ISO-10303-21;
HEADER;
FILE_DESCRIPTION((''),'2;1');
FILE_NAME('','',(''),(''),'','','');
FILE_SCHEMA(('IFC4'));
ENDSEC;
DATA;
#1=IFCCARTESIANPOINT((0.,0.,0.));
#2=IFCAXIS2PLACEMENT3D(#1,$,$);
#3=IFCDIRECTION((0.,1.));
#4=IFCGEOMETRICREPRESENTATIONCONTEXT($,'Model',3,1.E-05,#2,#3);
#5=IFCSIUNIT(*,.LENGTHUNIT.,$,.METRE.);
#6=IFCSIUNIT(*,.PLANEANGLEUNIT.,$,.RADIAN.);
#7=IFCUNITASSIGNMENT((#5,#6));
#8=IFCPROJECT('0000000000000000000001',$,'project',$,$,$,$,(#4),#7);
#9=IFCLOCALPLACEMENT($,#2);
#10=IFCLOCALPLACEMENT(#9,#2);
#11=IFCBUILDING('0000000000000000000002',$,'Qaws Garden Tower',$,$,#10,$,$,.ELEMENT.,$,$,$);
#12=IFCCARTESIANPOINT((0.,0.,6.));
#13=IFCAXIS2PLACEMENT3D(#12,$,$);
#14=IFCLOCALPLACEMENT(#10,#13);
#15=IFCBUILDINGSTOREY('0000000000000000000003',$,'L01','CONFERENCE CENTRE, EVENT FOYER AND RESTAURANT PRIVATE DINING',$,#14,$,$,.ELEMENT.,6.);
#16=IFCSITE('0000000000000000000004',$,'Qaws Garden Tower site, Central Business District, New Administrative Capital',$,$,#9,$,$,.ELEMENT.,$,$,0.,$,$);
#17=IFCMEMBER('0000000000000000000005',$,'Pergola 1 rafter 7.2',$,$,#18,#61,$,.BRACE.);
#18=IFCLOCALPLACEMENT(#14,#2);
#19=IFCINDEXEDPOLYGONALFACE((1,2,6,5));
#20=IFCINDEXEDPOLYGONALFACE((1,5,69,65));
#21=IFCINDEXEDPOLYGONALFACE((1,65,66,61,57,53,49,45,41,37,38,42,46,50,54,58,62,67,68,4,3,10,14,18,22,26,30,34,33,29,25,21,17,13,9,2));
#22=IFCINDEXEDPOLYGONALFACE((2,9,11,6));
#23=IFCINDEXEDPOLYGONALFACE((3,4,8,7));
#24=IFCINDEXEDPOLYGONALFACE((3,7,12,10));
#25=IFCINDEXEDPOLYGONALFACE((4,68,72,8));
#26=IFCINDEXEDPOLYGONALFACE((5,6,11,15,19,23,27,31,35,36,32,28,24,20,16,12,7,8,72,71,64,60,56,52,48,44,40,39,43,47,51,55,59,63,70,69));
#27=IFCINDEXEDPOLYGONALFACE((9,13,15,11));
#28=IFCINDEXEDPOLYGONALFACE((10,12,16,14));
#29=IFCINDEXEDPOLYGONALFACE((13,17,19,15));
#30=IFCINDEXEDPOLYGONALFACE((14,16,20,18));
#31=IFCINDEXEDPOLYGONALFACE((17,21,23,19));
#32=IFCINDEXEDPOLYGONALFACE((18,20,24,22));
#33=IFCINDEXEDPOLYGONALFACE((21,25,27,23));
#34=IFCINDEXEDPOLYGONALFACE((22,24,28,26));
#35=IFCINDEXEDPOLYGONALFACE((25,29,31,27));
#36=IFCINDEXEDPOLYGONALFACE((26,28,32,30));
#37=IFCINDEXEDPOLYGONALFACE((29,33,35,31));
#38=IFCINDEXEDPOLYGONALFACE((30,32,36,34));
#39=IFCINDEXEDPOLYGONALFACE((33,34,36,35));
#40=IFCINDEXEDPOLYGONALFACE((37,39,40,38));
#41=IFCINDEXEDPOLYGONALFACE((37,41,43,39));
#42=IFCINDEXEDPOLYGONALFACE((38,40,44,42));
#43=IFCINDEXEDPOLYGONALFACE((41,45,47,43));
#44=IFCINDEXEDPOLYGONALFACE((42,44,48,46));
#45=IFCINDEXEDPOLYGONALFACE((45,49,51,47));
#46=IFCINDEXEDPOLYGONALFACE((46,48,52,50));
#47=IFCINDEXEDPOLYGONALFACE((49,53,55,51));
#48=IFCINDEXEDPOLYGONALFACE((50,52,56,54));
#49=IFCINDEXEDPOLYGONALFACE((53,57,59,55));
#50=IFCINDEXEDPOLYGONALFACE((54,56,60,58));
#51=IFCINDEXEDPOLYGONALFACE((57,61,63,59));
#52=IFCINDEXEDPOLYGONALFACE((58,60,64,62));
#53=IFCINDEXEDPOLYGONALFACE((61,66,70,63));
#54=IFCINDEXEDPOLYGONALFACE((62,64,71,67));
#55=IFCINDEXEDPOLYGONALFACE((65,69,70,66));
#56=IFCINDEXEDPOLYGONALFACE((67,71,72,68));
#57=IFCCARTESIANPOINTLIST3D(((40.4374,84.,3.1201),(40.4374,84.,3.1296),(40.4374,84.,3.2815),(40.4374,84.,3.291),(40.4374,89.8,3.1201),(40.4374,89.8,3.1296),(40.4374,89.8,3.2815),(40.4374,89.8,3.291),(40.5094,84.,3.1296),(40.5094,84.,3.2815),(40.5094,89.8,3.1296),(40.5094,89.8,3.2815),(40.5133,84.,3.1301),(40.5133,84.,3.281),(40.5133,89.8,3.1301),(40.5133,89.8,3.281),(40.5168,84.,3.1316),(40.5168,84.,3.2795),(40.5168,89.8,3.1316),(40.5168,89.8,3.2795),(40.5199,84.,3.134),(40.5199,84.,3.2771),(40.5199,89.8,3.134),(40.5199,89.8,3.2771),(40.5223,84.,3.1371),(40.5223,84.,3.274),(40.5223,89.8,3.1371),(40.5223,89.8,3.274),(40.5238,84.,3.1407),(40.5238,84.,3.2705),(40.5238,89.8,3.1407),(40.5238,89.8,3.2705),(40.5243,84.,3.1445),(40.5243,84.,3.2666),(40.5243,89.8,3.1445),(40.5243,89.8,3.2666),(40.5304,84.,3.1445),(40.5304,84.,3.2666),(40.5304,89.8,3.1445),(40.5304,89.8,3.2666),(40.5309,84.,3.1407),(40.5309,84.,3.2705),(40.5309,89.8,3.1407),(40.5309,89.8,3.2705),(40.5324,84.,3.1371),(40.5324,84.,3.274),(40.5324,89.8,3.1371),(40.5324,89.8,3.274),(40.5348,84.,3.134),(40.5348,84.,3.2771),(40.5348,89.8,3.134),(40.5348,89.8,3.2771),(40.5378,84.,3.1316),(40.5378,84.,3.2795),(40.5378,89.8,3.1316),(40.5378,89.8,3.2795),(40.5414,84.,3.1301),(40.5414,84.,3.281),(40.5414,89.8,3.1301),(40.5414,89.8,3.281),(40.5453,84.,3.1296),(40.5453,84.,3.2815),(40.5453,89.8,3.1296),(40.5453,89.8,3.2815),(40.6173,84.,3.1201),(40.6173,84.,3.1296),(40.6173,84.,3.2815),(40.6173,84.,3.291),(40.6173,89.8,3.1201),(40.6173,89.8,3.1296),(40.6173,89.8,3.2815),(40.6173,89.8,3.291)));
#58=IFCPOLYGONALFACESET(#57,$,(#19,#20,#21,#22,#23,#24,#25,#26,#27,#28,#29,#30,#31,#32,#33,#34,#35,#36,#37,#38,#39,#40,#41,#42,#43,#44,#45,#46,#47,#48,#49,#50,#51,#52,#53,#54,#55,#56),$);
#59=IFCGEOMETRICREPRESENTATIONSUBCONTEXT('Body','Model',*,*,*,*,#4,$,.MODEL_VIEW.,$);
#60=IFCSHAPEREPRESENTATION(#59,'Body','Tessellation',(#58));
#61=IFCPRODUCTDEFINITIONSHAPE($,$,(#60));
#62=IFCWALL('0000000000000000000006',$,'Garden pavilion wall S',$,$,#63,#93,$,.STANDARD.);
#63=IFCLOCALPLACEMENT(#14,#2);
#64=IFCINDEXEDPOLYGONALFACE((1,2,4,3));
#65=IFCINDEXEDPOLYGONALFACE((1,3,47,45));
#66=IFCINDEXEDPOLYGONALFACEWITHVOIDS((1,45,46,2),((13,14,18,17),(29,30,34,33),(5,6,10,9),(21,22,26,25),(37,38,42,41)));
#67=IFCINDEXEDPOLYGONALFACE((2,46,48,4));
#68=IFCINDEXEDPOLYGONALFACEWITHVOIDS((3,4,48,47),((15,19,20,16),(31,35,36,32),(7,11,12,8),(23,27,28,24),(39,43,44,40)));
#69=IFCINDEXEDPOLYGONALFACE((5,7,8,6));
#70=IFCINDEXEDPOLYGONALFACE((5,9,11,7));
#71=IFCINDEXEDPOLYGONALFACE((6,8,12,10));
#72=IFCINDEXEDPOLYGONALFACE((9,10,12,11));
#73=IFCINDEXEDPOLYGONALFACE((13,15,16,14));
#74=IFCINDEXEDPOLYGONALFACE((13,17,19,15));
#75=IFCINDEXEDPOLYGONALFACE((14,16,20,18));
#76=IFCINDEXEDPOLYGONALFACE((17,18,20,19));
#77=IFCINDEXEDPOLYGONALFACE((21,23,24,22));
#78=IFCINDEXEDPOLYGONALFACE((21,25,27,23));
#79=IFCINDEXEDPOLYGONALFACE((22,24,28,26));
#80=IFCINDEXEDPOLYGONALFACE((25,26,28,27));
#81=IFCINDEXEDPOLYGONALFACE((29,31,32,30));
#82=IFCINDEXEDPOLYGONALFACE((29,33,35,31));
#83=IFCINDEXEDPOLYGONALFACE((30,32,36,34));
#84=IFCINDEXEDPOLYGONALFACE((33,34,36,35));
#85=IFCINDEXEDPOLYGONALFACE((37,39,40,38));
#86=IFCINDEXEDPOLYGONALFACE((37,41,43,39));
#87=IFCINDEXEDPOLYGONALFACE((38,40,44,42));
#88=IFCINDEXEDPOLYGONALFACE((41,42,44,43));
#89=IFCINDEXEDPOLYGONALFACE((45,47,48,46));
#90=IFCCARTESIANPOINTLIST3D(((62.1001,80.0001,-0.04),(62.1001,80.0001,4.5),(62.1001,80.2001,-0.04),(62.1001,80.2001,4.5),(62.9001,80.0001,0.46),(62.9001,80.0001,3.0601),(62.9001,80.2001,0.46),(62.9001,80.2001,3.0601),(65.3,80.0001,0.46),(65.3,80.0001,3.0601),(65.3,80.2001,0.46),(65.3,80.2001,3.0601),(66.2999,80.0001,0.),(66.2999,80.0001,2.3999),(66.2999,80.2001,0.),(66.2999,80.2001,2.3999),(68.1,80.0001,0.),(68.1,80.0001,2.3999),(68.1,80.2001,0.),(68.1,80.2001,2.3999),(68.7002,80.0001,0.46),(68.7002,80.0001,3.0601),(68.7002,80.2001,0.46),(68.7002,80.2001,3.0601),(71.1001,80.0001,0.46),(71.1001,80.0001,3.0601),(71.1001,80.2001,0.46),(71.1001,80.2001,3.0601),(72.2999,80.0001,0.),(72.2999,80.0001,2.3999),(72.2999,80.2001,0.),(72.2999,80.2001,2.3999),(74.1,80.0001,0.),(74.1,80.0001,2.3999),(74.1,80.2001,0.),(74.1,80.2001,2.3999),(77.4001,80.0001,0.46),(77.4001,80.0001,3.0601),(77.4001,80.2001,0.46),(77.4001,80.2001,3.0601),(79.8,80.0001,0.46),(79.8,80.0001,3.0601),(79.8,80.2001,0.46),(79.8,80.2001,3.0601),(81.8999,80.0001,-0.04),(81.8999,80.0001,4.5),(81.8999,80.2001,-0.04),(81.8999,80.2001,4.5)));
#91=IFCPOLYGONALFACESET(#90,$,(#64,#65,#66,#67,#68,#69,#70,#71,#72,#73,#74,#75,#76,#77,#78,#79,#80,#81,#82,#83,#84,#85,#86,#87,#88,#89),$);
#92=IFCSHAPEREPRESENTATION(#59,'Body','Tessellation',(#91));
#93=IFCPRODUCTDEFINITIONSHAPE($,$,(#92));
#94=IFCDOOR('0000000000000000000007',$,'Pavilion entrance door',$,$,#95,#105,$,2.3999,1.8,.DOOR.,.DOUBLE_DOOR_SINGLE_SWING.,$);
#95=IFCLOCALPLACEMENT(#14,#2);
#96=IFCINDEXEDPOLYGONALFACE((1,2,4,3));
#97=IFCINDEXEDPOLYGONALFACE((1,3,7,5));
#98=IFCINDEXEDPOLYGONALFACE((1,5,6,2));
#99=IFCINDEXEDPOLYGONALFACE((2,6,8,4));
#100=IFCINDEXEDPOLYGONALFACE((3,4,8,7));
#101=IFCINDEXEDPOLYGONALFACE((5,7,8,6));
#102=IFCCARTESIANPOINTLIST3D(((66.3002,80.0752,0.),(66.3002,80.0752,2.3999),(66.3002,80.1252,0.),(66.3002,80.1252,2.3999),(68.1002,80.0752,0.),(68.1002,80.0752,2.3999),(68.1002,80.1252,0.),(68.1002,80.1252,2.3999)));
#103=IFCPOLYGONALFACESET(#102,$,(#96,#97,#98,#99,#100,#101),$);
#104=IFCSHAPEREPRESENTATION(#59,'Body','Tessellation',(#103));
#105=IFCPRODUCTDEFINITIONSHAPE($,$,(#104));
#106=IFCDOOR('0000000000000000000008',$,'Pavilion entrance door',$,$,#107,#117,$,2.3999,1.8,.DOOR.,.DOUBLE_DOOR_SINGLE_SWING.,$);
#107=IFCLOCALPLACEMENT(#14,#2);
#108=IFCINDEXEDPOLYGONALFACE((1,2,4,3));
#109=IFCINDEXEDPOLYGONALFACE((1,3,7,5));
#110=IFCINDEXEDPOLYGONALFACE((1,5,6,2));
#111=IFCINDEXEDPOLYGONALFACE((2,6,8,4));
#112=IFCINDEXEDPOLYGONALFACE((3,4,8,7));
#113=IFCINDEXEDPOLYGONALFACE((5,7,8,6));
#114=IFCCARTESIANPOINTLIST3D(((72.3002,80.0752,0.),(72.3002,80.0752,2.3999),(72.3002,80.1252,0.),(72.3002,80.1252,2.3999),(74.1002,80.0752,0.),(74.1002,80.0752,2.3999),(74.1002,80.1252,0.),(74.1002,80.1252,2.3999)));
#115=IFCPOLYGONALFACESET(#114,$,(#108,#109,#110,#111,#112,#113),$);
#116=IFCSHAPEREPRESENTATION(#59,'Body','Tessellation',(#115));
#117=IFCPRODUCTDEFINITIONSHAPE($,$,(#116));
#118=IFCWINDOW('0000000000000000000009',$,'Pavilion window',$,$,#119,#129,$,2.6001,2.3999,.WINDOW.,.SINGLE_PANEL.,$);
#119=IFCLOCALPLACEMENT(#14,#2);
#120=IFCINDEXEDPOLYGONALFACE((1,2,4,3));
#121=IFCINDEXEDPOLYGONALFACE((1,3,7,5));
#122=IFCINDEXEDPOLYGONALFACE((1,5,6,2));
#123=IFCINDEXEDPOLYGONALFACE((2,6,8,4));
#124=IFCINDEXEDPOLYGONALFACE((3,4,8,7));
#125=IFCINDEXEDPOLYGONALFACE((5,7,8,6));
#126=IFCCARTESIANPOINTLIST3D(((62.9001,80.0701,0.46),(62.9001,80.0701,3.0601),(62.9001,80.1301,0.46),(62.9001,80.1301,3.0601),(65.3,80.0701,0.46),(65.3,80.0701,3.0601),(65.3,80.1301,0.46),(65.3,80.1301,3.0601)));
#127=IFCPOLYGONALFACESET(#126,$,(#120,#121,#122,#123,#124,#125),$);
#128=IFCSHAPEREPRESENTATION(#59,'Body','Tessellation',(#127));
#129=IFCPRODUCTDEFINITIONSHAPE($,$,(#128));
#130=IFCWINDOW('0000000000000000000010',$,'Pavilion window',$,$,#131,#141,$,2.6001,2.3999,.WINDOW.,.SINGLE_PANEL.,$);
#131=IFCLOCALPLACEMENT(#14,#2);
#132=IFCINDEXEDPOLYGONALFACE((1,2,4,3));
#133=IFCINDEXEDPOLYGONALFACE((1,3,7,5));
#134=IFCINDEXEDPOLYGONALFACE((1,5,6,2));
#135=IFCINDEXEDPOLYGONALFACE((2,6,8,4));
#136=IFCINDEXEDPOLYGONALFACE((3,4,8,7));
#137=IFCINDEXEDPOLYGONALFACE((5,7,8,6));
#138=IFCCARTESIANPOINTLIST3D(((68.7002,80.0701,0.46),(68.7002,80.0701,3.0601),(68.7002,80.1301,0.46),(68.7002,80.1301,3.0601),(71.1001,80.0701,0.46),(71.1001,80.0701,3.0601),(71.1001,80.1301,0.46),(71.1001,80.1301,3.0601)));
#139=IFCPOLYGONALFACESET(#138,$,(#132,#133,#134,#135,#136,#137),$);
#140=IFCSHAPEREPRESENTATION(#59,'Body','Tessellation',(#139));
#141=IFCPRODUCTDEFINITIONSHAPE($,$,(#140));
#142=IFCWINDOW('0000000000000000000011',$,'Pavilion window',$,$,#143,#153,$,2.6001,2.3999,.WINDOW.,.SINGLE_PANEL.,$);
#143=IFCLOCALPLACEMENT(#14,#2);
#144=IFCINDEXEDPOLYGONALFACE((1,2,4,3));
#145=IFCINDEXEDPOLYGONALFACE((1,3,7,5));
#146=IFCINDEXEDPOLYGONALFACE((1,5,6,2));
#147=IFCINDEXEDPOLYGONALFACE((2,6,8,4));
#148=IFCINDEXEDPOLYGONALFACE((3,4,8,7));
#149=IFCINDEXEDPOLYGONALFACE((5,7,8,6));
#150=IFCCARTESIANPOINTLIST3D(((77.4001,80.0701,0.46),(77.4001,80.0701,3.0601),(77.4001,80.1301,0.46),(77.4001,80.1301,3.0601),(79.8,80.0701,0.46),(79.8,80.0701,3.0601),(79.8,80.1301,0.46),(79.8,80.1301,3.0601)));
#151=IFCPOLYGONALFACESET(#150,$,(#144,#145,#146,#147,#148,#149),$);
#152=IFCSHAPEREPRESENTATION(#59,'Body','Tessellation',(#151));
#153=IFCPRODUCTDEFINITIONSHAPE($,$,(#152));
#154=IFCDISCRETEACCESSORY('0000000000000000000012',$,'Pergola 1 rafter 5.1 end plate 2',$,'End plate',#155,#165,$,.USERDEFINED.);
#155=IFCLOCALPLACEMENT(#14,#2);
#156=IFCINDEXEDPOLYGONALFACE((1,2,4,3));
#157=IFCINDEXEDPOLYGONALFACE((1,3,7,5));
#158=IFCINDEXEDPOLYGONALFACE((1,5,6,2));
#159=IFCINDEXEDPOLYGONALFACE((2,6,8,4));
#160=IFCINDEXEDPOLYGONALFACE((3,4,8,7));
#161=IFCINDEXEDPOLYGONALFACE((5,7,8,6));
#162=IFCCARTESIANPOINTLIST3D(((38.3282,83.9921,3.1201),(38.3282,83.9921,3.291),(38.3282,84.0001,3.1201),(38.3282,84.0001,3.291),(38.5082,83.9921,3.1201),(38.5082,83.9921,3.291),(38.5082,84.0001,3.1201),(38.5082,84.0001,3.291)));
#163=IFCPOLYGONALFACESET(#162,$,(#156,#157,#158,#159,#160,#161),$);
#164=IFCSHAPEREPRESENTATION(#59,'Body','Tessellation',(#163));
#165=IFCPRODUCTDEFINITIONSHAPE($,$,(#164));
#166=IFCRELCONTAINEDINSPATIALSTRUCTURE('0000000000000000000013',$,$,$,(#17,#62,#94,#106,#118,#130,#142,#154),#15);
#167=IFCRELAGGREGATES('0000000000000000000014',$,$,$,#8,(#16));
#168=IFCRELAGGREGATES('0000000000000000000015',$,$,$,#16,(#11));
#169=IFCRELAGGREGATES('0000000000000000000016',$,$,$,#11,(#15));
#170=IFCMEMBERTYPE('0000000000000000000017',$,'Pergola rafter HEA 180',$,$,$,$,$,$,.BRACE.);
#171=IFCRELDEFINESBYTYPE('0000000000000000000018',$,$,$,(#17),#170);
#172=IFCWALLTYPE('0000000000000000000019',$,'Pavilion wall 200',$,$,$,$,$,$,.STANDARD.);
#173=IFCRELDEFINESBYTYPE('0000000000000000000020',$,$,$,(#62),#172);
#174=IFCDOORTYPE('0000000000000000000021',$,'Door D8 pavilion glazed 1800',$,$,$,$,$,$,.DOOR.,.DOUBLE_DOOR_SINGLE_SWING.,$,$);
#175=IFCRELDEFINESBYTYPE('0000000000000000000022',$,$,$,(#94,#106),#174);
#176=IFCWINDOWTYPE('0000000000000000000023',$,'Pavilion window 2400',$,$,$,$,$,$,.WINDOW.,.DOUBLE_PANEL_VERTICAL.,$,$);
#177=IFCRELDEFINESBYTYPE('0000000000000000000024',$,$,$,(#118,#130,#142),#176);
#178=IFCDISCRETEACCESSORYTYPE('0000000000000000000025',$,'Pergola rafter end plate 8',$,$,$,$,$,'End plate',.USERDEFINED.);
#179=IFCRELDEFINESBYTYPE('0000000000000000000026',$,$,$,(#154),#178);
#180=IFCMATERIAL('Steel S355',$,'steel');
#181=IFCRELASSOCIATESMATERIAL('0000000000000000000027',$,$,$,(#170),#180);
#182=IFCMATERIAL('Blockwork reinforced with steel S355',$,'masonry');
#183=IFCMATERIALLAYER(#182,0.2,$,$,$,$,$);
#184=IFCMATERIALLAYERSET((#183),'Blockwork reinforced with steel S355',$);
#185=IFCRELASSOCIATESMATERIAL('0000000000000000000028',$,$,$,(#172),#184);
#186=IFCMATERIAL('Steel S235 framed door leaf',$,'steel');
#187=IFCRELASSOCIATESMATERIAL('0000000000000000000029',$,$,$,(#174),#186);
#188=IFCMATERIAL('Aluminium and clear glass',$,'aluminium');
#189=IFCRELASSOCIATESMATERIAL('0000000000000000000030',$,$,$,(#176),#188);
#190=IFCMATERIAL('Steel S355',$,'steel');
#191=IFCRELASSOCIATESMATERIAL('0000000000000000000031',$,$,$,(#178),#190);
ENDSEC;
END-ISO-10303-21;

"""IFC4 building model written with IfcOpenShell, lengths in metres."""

from ifc_helpers import new_model, si_unit, direction, frame, frame_2d, origin, origin_2d, place, context, subcontext, project, spatial, rectangle, i_section, extrude, material, layer, layer_set, material_profile, profile_set, type_object, element, fill, save


model = new_model("IFC4")

# Units and contexts
model_context = context("Model", 3, precision=1e-05, world=origin(), true_north=direction((0.0, 1.0)))
body_context = subcontext(model_context, "Body", "Model", "MODEL_VIEW")
ifc_project = project(units=[si_unit("LENGTHUNIT", "METRE"), si_unit("PLANEANGLEUNIT", "RADIAN")], contexts=[model_context])

# Site, building, storey
site_placement = place(None, origin())
site = spatial("IfcSite", under=ifc_project, at=site_placement, Name="Qaws Garden Tower site, Central Business District, New Administrative Capital", CompositionType="ELEMENT", RefElevation=0.0)
building_placement = place(site_placement, origin())
building = spatial("IfcBuilding", under=site, at=building_placement, Name="Qaws Garden Tower", CompositionType="ELEMENT")
storey_placement = place(building_placement, frame((0.0, 0.0, 6.0)))
storey = spatial("IfcBuildingStorey", under=building, at=storey_placement, Name="L01", Description="CONFERENCE CENTRE, EVENT FOYER AND RESTAURANT PRIVATE DINING", CompositionType="ELEMENT", Elevation=6.0)

# Member
ifc_material_1 = material(Name="Steel S355", Category="steel")
ifc_material_profile_1 = material_profile(ifc_material_1, i_section(OverallWidth=0.1799, OverallDepth=0.1709, WebThickness=0.0061, FlangeThickness=0.0095, FilletRadius=0.0149, at=origin_2d()), Name="HEA 180")
ifc_profile_set_1 = profile_set([ifc_material_profile_1], Name="Steel S355")
member_type = type_object("IfcMemberType", Name="Pergola rafter HEA 180", PredefinedType="BRACE", material=ifc_profile_set_1)
for number, where, z_axis, x_axis, name in (
    (1, (40.5273, 84.0, 3.2056), (0.0, 1.0, 0.0), (-1.0, 0.0, 0.0), "Pergola 1 rafter 7.2"),
):
    element("IfcMember", number, at=place(storey_placement, frame(where, z_axis=z_axis, x_axis=x_axis)), inside=storey, type_object=member_type, Name=name, PredefinedType="BRACE", context=body_context, shape_type="SweptSolid", body=[
        extrude(i_section(OverallWidth=0.1799, OverallDepth=0.1709, WebThickness=0.0061, FlangeThickness=0.0095, FilletRadius=0.0149, at=origin_2d()), origin(), (0.0, 0.0, 1.0), 5.8),
    ])

# Wall, openings, doors, windows
ifc_material_2 = material(Name="Blockwork reinforced with steel S355", Category="masonry")
ifc_layer = layer(ifc_material_2, 0.2)
ifc_layer_set = layer_set([ifc_layer], Name="Blockwork reinforced with steel S355")
wall_type = type_object("IfcWallType", Name="Pavilion wall 200", PredefinedType="STANDARD", material=ifc_layer_set)
wall_placement = place(storey_placement, frame((62.1001, 80.1001, -0.04), z_axis=(0.0, 0.0, 1.0), x_axis=(1.0, 0.0, 0.0)))
wall = element("IfcWall", 2, at=wall_placement, inside=storey, type_object=wall_type, Name="Garden pavilion wall S", PredefinedType="STANDARD", context=body_context, shape_type="SweptSolid", body=[
    extrude(rectangle(XDim=19.7998, YDim=0.2, at=frame_2d((9.8999, 0.0))), origin(), (0.0, 0.0, 1.0), 4.54),
])
opening_1_placement = place(wall_placement, frame((0.8, 0.0, 0.5)))
opening_1 = element("IfcOpeningElement", 3, at=opening_1_placement, cuts=wall, PredefinedType="OPENING", context=body_context, shape_type="SweptSolid", body=[
    extrude(rectangle(XDim=2.3999, YDim=2.6001, at=frame_2d((1.2, 1.3))), frame((0.0, 0.1099, 0.0), z_axis=(0.0, -1.0, 0.0), x_axis=(1.0, 0.0, 0.0)), (0.0, 0.0, 1.0), 0.22),
])
opening_2_placement = place(wall_placement, frame((4.2, 0.0, 0.04)))
opening_2 = element("IfcOpeningElement", 4, at=opening_2_placement, cuts=wall, PredefinedType="OPENING", context=body_context, shape_type="SweptSolid", body=[
    extrude(rectangle(XDim=1.8, YDim=2.3999, at=frame_2d((0.8999, 1.2))), frame((0.0, 0.1099, 0.0), z_axis=(0.0, -1.0, 0.0), x_axis=(1.0, 0.0, 0.0)), (0.0, 0.0, 1.0), 0.22),
])
opening_3_placement = place(wall_placement, frame((6.6001, 0.0, 0.5)))
opening_3 = element("IfcOpeningElement", 5, at=opening_3_placement, cuts=wall, PredefinedType="OPENING", context=body_context, shape_type="SweptSolid", body=[
    extrude(rectangle(XDim=2.3999, YDim=2.6001, at=frame_2d((1.2, 1.3))), frame((0.0, 0.1099, 0.0), z_axis=(0.0, -1.0, 0.0), x_axis=(1.0, 0.0, 0.0)), (0.0, 0.0, 1.0), 0.22),
])
opening_4_placement = place(wall_placement, frame((10.2, 0.0, 0.04)))
opening_4 = element("IfcOpeningElement", 6, at=opening_4_placement, cuts=wall, PredefinedType="OPENING", context=body_context, shape_type="SweptSolid", body=[
    extrude(rectangle(XDim=1.8, YDim=2.3999, at=frame_2d((0.8999, 1.2))), frame((0.0, 0.1099, 0.0), z_axis=(0.0, -1.0, 0.0), x_axis=(1.0, 0.0, 0.0)), (0.0, 0.0, 1.0), 0.22),
])
opening_5_placement = place(wall_placement, frame((15.3, 0.0, 0.5)))
opening_5 = element("IfcOpeningElement", 7, at=opening_5_placement, cuts=wall, PredefinedType="OPENING", context=body_context, shape_type="SweptSolid", body=[
    extrude(rectangle(XDim=2.3999, YDim=2.6001, at=frame_2d((1.2, 1.3))), frame((0.0, 0.1099, 0.0), z_axis=(0.0, -1.0, 0.0), x_axis=(1.0, 0.0, 0.0)), (0.0, 0.0, 1.0), 0.22),
])
ifc_material_3 = material(Name="Steel S235 framed door leaf", Category="steel")
door_type = type_object("IfcDoorType", Name="Door D8 pavilion glazed 1800", OperationType="DOUBLE_DOOR_SINGLE_SWING", PredefinedType="DOOR", material=ifc_material_3)
door_1_placement = place(opening_2_placement, frame((1.8, 0.0, 0.0), z_axis=(0.0, 0.0, 1.0), x_axis=(-1.0, 0.0, 0.0)))
door_1 = element("IfcDoor", 8, at=door_1_placement, inside=storey, type_object=door_type, Name="Pavilion entrance door", OperationType="DOUBLE_DOOR_SINGLE_SWING", OverallHeight=2.3999, OverallWidth=1.8, PredefinedType="DOOR", context=body_context, shape_type="SweptSolid", body=[
    extrude(rectangle(XDim=1.8, YDim=2.3999, at=frame_2d((0.8999, 1.2))), frame((0.0, 0.0249, 0.0), z_axis=(0.0, -1.0, 0.0), x_axis=(1.0, 0.0, 0.0)), (0.0, 0.0, 1.0), 0.05),
])
fill(opening_2, door_1)
door_2_placement = place(opening_4_placement, frame((1.8, 0.0, 0.0), z_axis=(0.0, 0.0, 1.0), x_axis=(-1.0, 0.0, 0.0)))
door_2 = element("IfcDoor", 9, at=door_2_placement, inside=storey, type_object=door_type, Name="Pavilion entrance door", OperationType="DOUBLE_DOOR_SINGLE_SWING", OverallHeight=2.3999, OverallWidth=1.8, PredefinedType="DOOR", context=body_context, shape_type="SweptSolid", body=[
    extrude(rectangle(XDim=1.8, YDim=2.3999, at=frame_2d((0.8999, 1.2))), frame((0.0, 0.0249, 0.0), z_axis=(0.0, -1.0, 0.0), x_axis=(1.0, 0.0, 0.0)), (0.0, 0.0, 1.0), 0.05),
])
fill(opening_4, door_2)
ifc_material_4 = material(Name="Aluminium and clear glass", Category="aluminium")
window_type = type_object("IfcWindowType", Name="Pavilion window 2400", PartitioningType="DOUBLE_PANEL_VERTICAL", PredefinedType="WINDOW", material=ifc_material_4)
window_1_placement = place(opening_1_placement, origin())
window_1 = element("IfcWindow", 10, at=window_1_placement, inside=storey, type_object=window_type, Name="Pavilion window", OverallHeight=2.6001, OverallWidth=2.3999, PartitioningType="SINGLE_PANEL", PredefinedType="WINDOW", context=body_context, shape_type="SweptSolid", body=[
    extrude(rectangle(XDim=2.3999, YDim=2.6001, at=frame_2d((1.2, 1.3))), frame((0.0, 0.03, 0.0), z_axis=(0.0, -1.0, 0.0), x_axis=(1.0, 0.0, 0.0)), (0.0, 0.0, 1.0), 0.0601),
])
fill(opening_1, window_1)
window_2_placement = place(opening_3_placement, origin())
window_2 = element("IfcWindow", 11, at=window_2_placement, inside=storey, type_object=window_type, Name="Pavilion window", OverallHeight=2.6001, OverallWidth=2.3999, PartitioningType="SINGLE_PANEL", PredefinedType="WINDOW", context=body_context, shape_type="SweptSolid", body=[
    extrude(rectangle(XDim=2.3999, YDim=2.6001, at=frame_2d((1.2, 1.3))), frame((0.0, 0.03, 0.0), z_axis=(0.0, -1.0, 0.0), x_axis=(1.0, 0.0, 0.0)), (0.0, 0.0, 1.0), 0.0601),
])
fill(opening_3, window_2)
window_3_placement = place(opening_5_placement, origin())
window_3 = element("IfcWindow", 12, at=window_3_placement, inside=storey, type_object=window_type, Name="Pavilion window", OverallHeight=2.6001, OverallWidth=2.3999, PartitioningType="SINGLE_PANEL", PredefinedType="WINDOW", context=body_context, shape_type="SweptSolid", body=[
    extrude(rectangle(XDim=2.3999, YDim=2.6001, at=frame_2d((1.2, 1.3))), frame((0.0, 0.03, 0.0), z_axis=(0.0, -1.0, 0.0), x_axis=(1.0, 0.0, 0.0)), (0.0, 0.0, 1.0), 0.0601),
])
fill(opening_5, window_3)

# Discrete accessory
ifc_material_5 = material(Name="Steel S355", Category="steel")
discrete_accessory_type = type_object("IfcDiscreteAccessoryType", Name="Pergola rafter end plate 8", ElementType="End plate", PredefinedType="USERDEFINED", material=ifc_material_5)
for number, where, z_axis, x_axis, name in (
    (13, (38.4182, 83.9961, 3.1201), (0.0, 0.0, 1.0), (1.0, 0.0, 0.0), "Pergola 1 rafter 5.1 end plate 2"),
):
    element("IfcDiscreteAccessory", number, at=place(storey_placement, frame(where, z_axis=z_axis, x_axis=x_axis)), inside=storey, type_object=discrete_accessory_type, Name=name, ObjectType="End plate", PredefinedType="USERDEFINED", context=body_context, shape_type="SweptSolid", body=[
        extrude(rectangle(XDim=0.1799, YDim=0.0081, at=origin_2d()), origin(), (0.0, 0.0, 1.0), 0.1709),
    ])

save(model, "model.ifc")
